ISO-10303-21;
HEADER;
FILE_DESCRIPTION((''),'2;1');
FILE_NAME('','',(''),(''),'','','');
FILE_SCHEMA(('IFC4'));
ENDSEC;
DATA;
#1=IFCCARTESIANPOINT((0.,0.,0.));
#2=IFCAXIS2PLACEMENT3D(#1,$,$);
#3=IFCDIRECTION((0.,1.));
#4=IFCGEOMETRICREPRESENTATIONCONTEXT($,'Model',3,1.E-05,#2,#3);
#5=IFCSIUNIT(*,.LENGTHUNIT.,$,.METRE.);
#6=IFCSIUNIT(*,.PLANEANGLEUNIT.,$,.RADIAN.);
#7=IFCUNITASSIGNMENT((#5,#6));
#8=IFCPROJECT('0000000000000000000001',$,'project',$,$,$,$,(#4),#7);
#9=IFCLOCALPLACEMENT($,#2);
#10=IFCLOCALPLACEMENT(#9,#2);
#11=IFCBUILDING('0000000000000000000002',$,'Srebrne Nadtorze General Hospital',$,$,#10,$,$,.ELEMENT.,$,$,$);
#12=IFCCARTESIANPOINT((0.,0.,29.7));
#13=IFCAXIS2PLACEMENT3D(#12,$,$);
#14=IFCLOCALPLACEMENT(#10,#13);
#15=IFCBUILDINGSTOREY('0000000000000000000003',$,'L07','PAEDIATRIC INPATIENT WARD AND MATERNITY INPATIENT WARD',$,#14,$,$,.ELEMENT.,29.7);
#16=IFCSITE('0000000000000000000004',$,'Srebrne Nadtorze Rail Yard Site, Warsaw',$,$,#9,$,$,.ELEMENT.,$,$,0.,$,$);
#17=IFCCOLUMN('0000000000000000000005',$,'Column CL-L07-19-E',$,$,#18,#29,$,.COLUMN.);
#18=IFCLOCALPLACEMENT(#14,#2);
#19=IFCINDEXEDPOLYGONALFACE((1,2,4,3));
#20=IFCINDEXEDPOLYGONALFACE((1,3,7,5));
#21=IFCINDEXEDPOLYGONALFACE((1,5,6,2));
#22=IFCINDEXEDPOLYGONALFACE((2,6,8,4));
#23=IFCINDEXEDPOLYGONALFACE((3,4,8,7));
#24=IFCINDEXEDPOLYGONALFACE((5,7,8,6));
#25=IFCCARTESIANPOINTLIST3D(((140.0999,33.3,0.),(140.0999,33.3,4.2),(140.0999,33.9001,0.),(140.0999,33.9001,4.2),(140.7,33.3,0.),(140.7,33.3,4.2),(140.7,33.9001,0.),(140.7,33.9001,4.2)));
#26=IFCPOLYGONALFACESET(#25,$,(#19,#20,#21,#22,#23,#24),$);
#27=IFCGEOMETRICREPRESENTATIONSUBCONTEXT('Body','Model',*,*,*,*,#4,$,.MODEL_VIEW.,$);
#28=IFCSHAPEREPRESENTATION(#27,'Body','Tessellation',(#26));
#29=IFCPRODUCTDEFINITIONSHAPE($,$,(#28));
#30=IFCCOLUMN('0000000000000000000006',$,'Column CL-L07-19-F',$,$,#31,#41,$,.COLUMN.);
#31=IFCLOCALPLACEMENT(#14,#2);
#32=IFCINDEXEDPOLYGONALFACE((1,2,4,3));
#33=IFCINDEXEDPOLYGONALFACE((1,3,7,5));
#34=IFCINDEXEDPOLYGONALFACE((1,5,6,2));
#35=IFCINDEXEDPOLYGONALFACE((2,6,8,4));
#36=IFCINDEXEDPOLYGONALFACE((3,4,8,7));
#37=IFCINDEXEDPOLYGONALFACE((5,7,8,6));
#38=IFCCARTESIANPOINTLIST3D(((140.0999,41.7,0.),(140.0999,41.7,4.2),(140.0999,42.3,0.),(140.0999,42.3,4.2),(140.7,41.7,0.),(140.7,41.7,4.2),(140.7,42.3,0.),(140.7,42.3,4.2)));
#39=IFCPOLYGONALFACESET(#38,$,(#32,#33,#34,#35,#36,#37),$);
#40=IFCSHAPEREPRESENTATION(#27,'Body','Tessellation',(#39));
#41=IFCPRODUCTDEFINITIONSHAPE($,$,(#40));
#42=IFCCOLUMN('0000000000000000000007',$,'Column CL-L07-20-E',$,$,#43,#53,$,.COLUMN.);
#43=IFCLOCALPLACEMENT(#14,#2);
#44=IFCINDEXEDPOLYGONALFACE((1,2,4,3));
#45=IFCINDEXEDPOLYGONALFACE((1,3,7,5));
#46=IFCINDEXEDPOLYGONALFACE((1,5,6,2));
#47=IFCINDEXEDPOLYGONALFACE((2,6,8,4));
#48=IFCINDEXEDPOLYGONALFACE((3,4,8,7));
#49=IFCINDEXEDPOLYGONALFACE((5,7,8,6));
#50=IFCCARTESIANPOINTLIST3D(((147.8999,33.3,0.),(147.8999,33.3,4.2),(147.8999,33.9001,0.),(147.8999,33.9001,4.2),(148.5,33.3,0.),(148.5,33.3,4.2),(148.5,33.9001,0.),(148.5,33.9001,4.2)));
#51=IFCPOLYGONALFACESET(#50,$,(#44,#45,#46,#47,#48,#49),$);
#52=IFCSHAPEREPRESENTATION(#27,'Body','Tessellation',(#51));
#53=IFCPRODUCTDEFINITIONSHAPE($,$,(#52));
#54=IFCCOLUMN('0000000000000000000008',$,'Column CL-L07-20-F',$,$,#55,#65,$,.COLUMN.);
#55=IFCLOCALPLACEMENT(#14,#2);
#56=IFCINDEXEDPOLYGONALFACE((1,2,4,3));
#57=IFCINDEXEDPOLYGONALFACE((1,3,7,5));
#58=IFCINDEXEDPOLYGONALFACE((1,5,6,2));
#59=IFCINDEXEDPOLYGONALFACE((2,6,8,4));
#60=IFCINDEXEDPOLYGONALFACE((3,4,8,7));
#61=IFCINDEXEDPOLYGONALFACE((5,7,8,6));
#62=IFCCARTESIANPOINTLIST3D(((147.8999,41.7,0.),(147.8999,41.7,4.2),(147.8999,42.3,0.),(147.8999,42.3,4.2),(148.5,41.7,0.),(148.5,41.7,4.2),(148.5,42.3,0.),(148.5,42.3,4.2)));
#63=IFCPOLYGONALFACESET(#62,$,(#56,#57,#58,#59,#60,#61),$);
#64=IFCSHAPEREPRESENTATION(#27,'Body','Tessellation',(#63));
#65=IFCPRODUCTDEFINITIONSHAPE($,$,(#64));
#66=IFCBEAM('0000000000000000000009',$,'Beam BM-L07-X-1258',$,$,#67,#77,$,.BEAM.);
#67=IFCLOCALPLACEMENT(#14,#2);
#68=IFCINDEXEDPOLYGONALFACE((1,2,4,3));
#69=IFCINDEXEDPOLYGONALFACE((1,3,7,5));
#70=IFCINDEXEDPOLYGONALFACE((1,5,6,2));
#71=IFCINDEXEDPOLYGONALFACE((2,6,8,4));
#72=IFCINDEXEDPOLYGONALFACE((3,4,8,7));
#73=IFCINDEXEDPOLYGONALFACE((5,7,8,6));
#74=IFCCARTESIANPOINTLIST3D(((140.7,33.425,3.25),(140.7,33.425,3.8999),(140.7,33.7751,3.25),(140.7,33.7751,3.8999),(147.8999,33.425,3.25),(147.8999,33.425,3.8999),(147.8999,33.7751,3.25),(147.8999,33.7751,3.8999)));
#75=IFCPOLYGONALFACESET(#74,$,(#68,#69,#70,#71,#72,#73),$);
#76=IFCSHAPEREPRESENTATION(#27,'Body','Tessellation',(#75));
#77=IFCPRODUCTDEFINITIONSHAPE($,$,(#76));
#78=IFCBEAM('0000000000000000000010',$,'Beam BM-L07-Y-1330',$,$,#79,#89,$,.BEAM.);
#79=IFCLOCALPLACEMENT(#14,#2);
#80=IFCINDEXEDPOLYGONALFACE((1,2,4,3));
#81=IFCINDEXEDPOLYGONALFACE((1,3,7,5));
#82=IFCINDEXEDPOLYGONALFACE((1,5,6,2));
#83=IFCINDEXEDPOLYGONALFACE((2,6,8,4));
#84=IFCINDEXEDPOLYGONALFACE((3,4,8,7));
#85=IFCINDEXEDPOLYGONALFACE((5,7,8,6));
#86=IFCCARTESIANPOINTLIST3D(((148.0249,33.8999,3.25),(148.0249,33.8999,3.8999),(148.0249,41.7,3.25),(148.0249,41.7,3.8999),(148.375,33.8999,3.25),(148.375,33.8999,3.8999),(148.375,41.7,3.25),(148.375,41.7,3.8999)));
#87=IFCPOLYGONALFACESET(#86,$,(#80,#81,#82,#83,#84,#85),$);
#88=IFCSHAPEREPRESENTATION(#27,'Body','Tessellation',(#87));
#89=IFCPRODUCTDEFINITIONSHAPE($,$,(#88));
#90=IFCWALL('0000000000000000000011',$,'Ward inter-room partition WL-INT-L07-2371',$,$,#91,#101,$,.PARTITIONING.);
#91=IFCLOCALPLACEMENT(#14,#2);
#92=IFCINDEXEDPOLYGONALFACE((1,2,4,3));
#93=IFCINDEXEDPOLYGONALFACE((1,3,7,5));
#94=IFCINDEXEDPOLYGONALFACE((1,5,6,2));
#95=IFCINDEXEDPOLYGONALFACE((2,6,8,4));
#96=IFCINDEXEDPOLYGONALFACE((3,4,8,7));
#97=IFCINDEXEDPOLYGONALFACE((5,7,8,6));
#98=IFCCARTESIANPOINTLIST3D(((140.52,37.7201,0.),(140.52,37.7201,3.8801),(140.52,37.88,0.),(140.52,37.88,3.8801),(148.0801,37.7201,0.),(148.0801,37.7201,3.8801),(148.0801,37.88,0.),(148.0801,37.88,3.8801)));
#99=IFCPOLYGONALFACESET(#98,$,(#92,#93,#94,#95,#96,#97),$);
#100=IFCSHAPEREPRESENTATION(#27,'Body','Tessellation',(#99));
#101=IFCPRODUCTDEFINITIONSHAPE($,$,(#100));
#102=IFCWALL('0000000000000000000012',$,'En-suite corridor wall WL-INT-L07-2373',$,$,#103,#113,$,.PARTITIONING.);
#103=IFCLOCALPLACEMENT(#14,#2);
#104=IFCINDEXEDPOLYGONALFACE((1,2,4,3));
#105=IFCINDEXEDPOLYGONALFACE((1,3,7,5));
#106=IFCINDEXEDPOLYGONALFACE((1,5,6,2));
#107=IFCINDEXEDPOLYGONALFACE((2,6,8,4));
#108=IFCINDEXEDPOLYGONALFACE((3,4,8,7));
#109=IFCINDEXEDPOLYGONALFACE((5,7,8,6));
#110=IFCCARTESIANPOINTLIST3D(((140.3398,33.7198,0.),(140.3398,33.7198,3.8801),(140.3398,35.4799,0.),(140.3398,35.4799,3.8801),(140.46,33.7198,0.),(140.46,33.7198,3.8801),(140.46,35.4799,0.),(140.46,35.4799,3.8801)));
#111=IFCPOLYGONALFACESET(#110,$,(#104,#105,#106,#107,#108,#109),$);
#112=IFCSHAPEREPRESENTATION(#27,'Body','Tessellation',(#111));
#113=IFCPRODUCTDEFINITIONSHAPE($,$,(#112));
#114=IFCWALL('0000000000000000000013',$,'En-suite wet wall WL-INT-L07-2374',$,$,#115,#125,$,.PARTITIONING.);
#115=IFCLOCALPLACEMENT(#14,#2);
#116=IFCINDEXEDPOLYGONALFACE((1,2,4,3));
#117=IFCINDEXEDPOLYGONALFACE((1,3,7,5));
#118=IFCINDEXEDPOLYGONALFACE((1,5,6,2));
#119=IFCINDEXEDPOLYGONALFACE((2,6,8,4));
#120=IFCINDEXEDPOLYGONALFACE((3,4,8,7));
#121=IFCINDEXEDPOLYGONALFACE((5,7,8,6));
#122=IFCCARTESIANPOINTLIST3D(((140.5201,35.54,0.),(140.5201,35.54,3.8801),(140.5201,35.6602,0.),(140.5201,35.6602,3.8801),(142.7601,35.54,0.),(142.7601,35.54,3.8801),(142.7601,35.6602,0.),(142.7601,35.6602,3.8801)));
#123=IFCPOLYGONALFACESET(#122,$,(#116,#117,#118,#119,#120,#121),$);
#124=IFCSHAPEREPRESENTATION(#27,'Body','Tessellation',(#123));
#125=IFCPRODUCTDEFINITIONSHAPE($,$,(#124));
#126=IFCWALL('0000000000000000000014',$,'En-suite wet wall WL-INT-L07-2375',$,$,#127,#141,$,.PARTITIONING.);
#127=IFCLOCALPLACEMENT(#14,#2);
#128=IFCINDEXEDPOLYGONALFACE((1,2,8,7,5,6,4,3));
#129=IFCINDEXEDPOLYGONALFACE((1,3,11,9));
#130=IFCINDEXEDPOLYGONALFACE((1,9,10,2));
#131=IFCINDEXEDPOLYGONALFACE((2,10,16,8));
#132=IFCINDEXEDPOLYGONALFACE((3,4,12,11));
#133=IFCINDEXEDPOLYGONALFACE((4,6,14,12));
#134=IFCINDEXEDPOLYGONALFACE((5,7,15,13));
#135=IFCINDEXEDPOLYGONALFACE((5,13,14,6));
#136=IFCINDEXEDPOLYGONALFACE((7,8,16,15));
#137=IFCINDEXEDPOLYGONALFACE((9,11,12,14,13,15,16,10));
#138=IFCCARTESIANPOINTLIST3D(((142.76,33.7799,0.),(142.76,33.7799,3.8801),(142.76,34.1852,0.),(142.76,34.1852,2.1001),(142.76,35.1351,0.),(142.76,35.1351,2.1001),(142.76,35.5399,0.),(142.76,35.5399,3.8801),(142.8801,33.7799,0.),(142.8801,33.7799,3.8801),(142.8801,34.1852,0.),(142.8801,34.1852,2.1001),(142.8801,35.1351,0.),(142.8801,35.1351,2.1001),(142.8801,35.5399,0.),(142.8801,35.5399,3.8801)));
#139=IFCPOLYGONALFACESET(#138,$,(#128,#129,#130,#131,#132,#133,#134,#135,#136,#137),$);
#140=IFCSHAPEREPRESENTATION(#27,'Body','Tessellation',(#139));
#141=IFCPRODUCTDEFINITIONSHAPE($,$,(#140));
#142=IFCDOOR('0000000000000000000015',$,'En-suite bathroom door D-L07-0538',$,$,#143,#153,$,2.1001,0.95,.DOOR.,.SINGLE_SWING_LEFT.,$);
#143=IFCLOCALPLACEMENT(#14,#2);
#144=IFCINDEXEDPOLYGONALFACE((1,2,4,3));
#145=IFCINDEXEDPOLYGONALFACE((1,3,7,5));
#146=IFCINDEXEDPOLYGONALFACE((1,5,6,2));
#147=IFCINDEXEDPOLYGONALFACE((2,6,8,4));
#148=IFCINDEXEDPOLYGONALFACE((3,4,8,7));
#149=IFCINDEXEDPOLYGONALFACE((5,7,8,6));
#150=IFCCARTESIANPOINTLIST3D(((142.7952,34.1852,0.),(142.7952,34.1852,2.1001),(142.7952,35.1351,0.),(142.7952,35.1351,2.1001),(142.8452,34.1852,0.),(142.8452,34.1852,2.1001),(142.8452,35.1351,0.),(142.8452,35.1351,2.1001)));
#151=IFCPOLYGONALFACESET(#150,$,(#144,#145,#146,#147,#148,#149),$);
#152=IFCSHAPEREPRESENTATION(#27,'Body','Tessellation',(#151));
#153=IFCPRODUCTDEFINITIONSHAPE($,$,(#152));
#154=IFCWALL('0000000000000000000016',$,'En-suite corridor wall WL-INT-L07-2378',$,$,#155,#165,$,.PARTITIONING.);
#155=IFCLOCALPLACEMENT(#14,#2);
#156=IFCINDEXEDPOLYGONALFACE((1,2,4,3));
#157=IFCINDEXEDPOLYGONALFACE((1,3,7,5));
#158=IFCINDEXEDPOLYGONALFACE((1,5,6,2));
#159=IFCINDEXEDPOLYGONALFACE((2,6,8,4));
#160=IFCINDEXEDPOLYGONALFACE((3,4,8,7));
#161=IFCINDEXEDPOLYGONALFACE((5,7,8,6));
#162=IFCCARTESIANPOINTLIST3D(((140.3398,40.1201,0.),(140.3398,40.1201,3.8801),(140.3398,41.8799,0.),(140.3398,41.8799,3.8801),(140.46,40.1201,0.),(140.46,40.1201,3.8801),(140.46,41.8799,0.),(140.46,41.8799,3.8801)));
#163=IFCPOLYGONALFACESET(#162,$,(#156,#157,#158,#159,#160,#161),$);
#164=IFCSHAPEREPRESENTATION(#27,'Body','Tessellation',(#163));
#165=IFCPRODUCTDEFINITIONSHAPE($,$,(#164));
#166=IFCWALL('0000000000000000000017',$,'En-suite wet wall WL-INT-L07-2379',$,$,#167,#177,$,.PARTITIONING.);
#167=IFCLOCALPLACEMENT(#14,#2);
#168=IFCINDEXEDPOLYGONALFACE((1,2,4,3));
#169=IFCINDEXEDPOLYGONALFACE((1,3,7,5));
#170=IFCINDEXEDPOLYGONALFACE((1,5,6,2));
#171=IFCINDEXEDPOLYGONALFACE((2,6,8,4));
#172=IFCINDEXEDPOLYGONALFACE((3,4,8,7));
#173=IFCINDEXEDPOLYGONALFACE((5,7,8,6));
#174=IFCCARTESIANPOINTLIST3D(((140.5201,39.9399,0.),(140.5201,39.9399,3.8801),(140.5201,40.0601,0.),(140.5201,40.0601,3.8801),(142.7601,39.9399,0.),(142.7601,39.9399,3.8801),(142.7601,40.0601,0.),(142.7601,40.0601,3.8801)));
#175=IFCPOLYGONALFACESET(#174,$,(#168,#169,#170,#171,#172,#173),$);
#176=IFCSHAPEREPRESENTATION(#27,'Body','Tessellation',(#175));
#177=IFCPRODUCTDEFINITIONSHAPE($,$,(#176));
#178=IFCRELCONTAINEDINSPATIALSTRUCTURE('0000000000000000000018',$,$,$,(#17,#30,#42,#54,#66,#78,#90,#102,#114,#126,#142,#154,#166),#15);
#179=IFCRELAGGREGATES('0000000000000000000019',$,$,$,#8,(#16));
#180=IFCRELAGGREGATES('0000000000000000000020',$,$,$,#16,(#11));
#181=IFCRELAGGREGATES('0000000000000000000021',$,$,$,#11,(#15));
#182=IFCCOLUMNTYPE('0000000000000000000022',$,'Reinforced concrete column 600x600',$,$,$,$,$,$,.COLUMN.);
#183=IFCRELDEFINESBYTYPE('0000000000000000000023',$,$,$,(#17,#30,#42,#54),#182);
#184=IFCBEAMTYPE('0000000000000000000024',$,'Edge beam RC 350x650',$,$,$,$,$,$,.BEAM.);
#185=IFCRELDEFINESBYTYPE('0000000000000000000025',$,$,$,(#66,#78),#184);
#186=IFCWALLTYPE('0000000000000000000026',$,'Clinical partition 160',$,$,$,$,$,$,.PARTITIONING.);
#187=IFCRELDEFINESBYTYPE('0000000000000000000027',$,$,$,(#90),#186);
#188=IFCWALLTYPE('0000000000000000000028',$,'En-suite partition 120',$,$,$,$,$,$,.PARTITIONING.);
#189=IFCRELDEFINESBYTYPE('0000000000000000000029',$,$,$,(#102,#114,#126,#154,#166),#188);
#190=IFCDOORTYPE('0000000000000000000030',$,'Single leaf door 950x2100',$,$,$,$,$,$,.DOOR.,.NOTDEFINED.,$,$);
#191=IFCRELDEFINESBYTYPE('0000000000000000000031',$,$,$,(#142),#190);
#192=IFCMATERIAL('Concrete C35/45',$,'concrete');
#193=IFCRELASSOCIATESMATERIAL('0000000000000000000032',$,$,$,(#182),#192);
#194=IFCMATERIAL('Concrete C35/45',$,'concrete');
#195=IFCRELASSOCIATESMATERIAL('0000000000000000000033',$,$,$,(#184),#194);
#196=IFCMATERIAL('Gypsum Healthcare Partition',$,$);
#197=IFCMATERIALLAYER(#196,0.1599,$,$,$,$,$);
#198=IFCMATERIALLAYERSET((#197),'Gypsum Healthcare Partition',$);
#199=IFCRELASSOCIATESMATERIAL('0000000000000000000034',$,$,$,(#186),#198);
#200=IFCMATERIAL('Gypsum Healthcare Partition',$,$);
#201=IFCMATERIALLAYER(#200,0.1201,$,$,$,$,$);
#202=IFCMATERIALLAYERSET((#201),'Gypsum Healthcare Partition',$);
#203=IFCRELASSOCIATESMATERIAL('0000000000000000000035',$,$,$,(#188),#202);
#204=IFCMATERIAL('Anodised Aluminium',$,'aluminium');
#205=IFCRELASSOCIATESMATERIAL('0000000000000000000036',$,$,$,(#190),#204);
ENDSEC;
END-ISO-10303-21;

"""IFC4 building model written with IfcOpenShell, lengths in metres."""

from ifc_helpers import new_model, si_unit, direction, frame, frame_2d, origin, origin_2d, place, context, subcontext, project, spatial, rectangle, extrude, material, layer, layer_set, material_profile, profile_set, type_object, element, fill, save


model = new_model("IFC4")

# Units and contexts
model_context = context("Model", 3, precision=1e-05, world=origin(), true_north=direction((0.0, 1.0)))
body_context = subcontext(model_context, "Body", "Model", "MODEL_VIEW")
ifc_project = project(units=[si_unit("LENGTHUNIT", "METRE"), si_unit("PLANEANGLEUNIT", "RADIAN")], contexts=[model_context])

# Site, building, storey
site_placement = place(None, origin())
site = spatial("IfcSite", under=ifc_project, at=site_placement, Name="Srebrne Nadtorze Rail Yard Site, Warsaw", CompositionType="ELEMENT", RefElevation=0.0)
building_placement = place(site_placement, origin())
building = spatial("IfcBuilding", under=site, at=building_placement, Name="Srebrne Nadtorze General Hospital", CompositionType="ELEMENT")
storey_placement = place(building_placement, frame((0.0, 0.0, 29.7)))
storey = spatial("IfcBuildingStorey", under=building, at=storey_placement, Name="L07", Description="PAEDIATRIC INPATIENT WARD AND MATERNITY INPATIENT WARD", CompositionType="ELEMENT", Elevation=29.7)

# Columns
ifc_material_1 = material(Name="Concrete C35/45", Category="concrete")
ifc_material_profile_1 = material_profile(ifc_material_1, rectangle(XDim=0.6001, YDim=0.6001, at=origin_2d()), Name="RC-COL-600x600")
ifc_profile_set_1 = profile_set([ifc_material_profile_1], Name="Concrete C35/45")
column_type = type_object("IfcColumnType", Name="Reinforced concrete column 600x600", PredefinedType="COLUMN", material=ifc_profile_set_1)
for number, where, z_axis, x_axis, name in (
    (1, (140.3999, 33.6001, 0.0), (0.0, 0.0, 1.0), (1.0, 0.0, 0.0), "Column CL-L07-19-E"),
    (2, (140.3999, 42.0, 0.0), (0.0, 0.0, 1.0), (1.0, 0.0, 0.0), "Column CL-L07-19-F"),
    (3, (148.2, 33.6001, 0.0), (0.0, 0.0, 1.0), (1.0, 0.0, 0.0), "Column CL-L07-20-E"),
    (4, (148.2, 42.0, 0.0), (0.0, 0.0, 1.0), (1.0, 0.0, 0.0), "Column CL-L07-20-F"),
):
    element("IfcColumn", number, at=place(storey_placement, frame(where, z_axis=z_axis, x_axis=x_axis)), inside=storey, type_object=column_type, Name=name, PredefinedType="COLUMN", context=body_context, shape_type="SweptSolid", body=[
        extrude(rectangle(XDim=0.6001, YDim=0.6001, at=origin_2d()), origin(), (0.0, 0.0, 1.0), 4.2),
    ])

# Beams
ifc_material_2 = material(Name="Concrete C35/45", Category="concrete")
ifc_material_profile_2 = material_profile(ifc_material_2, rectangle(XDim=0.3501, YDim=0.6499, at=origin_2d()), Name="RC-BM-350x650")
ifc_profile_set_2 = profile_set([ifc_material_profile_2], Name="Concrete C35/45")
beam_type = type_object("IfcBeamType", Name="Edge beam RC 350x650", PredefinedType="BEAM", material=ifc_profile_set_2)
beam_1_placement = place(storey_placement, frame((140.7, 33.6001, 3.575), z_axis=(1.0, 0.0, 0.0), x_axis=(0.0, 1.0, 0.0)))
element("IfcBeam", 5, at=beam_1_placement, inside=storey, type_object=beam_type, Name="Beam BM-L07-X-1258", PredefinedType="BEAM", context=body_context, shape_type="SweptSolid", body=[
    extrude(rectangle(XDim=0.3501, YDim=0.6499, at=origin_2d()), origin(), (0.0, 0.0, 1.0), 7.2),
])
beam_2_placement = place(storey_placement, frame((148.2, 33.8999, 3.575), z_axis=(0.0, 1.0, 0.0), x_axis=(-1.0, 0.0, 0.0)))
element("IfcBeam", 6, at=beam_2_placement, inside=storey, type_object=beam_type, Name="Beam BM-L07-Y-1330", PredefinedType="BEAM", context=body_context, shape_type="SweptSolid", body=[
    extrude(rectangle(XDim=0.3501, YDim=0.6499, at=origin_2d()), origin(), (0.0, 0.0, 1.0), 7.8),
])

# Wall
ifc_material_3 = material(Name="Gypsum Healthcare Partition")
ifc_layer_1 = layer(ifc_material_3, 0.1599)
ifc_layer_set_1 = layer_set([ifc_layer_1], Name="Gypsum Healthcare Partition")
wall_type_1 = type_object("IfcWallType", Name="Clinical partition 160", PredefinedType="PARTITIONING", material=ifc_layer_set_1)
wall_1_placement = place(storey_placement, frame((140.52, 37.8, 0.0), z_axis=(0.0, 0.0, 1.0), x_axis=(1.0, 0.0, 0.0)))
element("IfcWall", 7, at=wall_1_placement, inside=storey, type_object=wall_type_1, Name="Ward inter-room partition WL-INT-L07-2371", PredefinedType="PARTITIONING", context=body_context, shape_type="SweptSolid", body=[
    extrude(rectangle(XDim=7.5601, YDim=0.1599, at=frame_2d((3.78, 0.0))), origin(), (0.0, 0.0, 1.0), 3.8801),
])

# Walls
ifc_material_4 = material(Name="Gypsum Healthcare Partition")
ifc_layer_2 = layer(ifc_material_4, 0.1201)
ifc_layer_set_2 = layer_set([ifc_layer_2], Name="Gypsum Healthcare Partition")
wall_type_2 = type_object("IfcWallType", Name="En-suite partition 120", PredefinedType="PARTITIONING", material=ifc_layer_set_2)
wall_2_placement = place(storey_placement, frame((140.3999, 33.72, 0.0), z_axis=(0.0, 0.0, 1.0), x_axis=(0.0, 1.0, 0.0)))
element("IfcWall", 8, at=wall_2_placement, inside=storey, type_object=wall_type_2, Name="En-suite corridor wall WL-INT-L07-2373", PredefinedType="PARTITIONING", context=body_context, shape_type="SweptSolid", body=[
    extrude(rectangle(XDim=1.76, YDim=0.1201, at=frame_2d((0.8799, 0.0))), origin(), (0.0, 0.0, 1.0), 3.8801),
])
wall_3_placement = place(storey_placement, frame((140.52, 35.6001, 0.0), z_axis=(0.0, 0.0, 1.0), x_axis=(1.0, 0.0, 0.0)))
element("IfcWall", 9, at=wall_3_placement, inside=storey, type_object=wall_type_2, Name="En-suite wet wall WL-INT-L07-2374", PredefinedType="PARTITIONING", context=body_context, shape_type="SweptSolid", body=[
    extrude(rectangle(XDim=2.24, YDim=0.1201, at=frame_2d((1.1201, 0.0))), origin(), (0.0, 0.0, 1.0), 3.8801),
])

# Wall, opening, door
wall_4_placement = place(storey_placement, frame((142.8201, 33.78, 0.0), z_axis=(0.0, 0.0, 1.0), x_axis=(0.0, 1.0, 0.0)))
wall_4 = element("IfcWall", 10, at=wall_4_placement, inside=storey, type_object=wall_type_2, Name="En-suite wet wall WL-INT-L07-2375", PredefinedType="PARTITIONING", context=body_context, shape_type="SweptSolid", body=[
    extrude(rectangle(XDim=1.76, YDim=0.1201, at=frame_2d((0.8799, 0.0))), origin(), (0.0, 0.0, 1.0), 3.8801),
])
opening_1_placement = place(wall_4_placement, frame((0.405, 0.0, 0.0)))
opening_1 = element("IfcOpeningElement", 11, at=opening_1_placement, cuts=wall_4, PredefinedType="OPENING", context=body_context, shape_type="SweptSolid", body=[
    extrude(rectangle(XDim=0.95, YDim=2.1001, at=frame_2d((0.4751, 1.05))), frame((0.0, 0.072, 0.0), z_axis=(0.0, -1.0, 0.0), x_axis=(1.0, 0.0, 0.0)), (0.0, 0.0, 1.0), 0.144),
])
ifc_material_5 = material(Name="Anodised Aluminium", Category="aluminium")
door_type_1 = type_object("IfcDoorType", Name="Single leaf door 950x2100", OperationType="NOTDEFINED", PredefinedType="DOOR", material=ifc_material_5)
door_1_placement = place(opening_1_placement, origin())
door_1 = element("IfcDoor", 12, at=door_1_placement, inside=storey, type_object=door_type_1, Name="En-suite bathroom door D-L07-0538", OperationType="SINGLE_SWING_LEFT", OverallHeight=2.1001, OverallWidth=0.95, PredefinedType="DOOR", context=body_context, shape_type="SweptSolid", body=[
    extrude(rectangle(XDim=0.95, YDim=2.1001, at=frame_2d((0.4751, 1.05))), frame((0.0, 0.0249, 0.0), z_axis=(0.0, -1.0, 0.0), x_axis=(1.0, 0.0, 0.0)), (0.0, 0.0, 1.0), 0.05),
])
fill(opening_1, door_1)

# Walls
wall_5_placement = place(storey_placement, frame((140.3999, 40.1201, 0.0), z_axis=(0.0, 0.0, 1.0), x_axis=(0.0, 1.0, 0.0)))
element("IfcWall", 13, at=wall_5_placement, inside=storey, type_object=wall_type_2, Name="En-suite corridor wall WL-INT-L07-2378", PredefinedType="PARTITIONING", context=body_context, shape_type="SweptSolid", body=[
    extrude(rectangle(XDim=1.7598, YDim=0.1201, at=frame_2d((0.8799, 0.0))), origin(), (0.0, 0.0, 1.0), 3.8801),
])
wall_6_placement = place(storey_placement, frame((140.52, 40.0, 0.0), z_axis=(0.0, 0.0, 1.0), x_axis=(1.0, 0.0, 0.0)))
element("IfcWall", 14, at=wall_6_placement, inside=storey, type_object=wall_type_2, Name="En-suite wet wall WL-INT-L07-2379", PredefinedType="PARTITIONING", context=body_context, shape_type="SweptSolid", body=[
    extrude(rectangle(XDim=2.24, YDim=0.1201, at=frame_2d((1.1201, 0.0))), origin(), (0.0, 0.0, 1.0), 3.8801),
])

save(model, "model.ifc")
